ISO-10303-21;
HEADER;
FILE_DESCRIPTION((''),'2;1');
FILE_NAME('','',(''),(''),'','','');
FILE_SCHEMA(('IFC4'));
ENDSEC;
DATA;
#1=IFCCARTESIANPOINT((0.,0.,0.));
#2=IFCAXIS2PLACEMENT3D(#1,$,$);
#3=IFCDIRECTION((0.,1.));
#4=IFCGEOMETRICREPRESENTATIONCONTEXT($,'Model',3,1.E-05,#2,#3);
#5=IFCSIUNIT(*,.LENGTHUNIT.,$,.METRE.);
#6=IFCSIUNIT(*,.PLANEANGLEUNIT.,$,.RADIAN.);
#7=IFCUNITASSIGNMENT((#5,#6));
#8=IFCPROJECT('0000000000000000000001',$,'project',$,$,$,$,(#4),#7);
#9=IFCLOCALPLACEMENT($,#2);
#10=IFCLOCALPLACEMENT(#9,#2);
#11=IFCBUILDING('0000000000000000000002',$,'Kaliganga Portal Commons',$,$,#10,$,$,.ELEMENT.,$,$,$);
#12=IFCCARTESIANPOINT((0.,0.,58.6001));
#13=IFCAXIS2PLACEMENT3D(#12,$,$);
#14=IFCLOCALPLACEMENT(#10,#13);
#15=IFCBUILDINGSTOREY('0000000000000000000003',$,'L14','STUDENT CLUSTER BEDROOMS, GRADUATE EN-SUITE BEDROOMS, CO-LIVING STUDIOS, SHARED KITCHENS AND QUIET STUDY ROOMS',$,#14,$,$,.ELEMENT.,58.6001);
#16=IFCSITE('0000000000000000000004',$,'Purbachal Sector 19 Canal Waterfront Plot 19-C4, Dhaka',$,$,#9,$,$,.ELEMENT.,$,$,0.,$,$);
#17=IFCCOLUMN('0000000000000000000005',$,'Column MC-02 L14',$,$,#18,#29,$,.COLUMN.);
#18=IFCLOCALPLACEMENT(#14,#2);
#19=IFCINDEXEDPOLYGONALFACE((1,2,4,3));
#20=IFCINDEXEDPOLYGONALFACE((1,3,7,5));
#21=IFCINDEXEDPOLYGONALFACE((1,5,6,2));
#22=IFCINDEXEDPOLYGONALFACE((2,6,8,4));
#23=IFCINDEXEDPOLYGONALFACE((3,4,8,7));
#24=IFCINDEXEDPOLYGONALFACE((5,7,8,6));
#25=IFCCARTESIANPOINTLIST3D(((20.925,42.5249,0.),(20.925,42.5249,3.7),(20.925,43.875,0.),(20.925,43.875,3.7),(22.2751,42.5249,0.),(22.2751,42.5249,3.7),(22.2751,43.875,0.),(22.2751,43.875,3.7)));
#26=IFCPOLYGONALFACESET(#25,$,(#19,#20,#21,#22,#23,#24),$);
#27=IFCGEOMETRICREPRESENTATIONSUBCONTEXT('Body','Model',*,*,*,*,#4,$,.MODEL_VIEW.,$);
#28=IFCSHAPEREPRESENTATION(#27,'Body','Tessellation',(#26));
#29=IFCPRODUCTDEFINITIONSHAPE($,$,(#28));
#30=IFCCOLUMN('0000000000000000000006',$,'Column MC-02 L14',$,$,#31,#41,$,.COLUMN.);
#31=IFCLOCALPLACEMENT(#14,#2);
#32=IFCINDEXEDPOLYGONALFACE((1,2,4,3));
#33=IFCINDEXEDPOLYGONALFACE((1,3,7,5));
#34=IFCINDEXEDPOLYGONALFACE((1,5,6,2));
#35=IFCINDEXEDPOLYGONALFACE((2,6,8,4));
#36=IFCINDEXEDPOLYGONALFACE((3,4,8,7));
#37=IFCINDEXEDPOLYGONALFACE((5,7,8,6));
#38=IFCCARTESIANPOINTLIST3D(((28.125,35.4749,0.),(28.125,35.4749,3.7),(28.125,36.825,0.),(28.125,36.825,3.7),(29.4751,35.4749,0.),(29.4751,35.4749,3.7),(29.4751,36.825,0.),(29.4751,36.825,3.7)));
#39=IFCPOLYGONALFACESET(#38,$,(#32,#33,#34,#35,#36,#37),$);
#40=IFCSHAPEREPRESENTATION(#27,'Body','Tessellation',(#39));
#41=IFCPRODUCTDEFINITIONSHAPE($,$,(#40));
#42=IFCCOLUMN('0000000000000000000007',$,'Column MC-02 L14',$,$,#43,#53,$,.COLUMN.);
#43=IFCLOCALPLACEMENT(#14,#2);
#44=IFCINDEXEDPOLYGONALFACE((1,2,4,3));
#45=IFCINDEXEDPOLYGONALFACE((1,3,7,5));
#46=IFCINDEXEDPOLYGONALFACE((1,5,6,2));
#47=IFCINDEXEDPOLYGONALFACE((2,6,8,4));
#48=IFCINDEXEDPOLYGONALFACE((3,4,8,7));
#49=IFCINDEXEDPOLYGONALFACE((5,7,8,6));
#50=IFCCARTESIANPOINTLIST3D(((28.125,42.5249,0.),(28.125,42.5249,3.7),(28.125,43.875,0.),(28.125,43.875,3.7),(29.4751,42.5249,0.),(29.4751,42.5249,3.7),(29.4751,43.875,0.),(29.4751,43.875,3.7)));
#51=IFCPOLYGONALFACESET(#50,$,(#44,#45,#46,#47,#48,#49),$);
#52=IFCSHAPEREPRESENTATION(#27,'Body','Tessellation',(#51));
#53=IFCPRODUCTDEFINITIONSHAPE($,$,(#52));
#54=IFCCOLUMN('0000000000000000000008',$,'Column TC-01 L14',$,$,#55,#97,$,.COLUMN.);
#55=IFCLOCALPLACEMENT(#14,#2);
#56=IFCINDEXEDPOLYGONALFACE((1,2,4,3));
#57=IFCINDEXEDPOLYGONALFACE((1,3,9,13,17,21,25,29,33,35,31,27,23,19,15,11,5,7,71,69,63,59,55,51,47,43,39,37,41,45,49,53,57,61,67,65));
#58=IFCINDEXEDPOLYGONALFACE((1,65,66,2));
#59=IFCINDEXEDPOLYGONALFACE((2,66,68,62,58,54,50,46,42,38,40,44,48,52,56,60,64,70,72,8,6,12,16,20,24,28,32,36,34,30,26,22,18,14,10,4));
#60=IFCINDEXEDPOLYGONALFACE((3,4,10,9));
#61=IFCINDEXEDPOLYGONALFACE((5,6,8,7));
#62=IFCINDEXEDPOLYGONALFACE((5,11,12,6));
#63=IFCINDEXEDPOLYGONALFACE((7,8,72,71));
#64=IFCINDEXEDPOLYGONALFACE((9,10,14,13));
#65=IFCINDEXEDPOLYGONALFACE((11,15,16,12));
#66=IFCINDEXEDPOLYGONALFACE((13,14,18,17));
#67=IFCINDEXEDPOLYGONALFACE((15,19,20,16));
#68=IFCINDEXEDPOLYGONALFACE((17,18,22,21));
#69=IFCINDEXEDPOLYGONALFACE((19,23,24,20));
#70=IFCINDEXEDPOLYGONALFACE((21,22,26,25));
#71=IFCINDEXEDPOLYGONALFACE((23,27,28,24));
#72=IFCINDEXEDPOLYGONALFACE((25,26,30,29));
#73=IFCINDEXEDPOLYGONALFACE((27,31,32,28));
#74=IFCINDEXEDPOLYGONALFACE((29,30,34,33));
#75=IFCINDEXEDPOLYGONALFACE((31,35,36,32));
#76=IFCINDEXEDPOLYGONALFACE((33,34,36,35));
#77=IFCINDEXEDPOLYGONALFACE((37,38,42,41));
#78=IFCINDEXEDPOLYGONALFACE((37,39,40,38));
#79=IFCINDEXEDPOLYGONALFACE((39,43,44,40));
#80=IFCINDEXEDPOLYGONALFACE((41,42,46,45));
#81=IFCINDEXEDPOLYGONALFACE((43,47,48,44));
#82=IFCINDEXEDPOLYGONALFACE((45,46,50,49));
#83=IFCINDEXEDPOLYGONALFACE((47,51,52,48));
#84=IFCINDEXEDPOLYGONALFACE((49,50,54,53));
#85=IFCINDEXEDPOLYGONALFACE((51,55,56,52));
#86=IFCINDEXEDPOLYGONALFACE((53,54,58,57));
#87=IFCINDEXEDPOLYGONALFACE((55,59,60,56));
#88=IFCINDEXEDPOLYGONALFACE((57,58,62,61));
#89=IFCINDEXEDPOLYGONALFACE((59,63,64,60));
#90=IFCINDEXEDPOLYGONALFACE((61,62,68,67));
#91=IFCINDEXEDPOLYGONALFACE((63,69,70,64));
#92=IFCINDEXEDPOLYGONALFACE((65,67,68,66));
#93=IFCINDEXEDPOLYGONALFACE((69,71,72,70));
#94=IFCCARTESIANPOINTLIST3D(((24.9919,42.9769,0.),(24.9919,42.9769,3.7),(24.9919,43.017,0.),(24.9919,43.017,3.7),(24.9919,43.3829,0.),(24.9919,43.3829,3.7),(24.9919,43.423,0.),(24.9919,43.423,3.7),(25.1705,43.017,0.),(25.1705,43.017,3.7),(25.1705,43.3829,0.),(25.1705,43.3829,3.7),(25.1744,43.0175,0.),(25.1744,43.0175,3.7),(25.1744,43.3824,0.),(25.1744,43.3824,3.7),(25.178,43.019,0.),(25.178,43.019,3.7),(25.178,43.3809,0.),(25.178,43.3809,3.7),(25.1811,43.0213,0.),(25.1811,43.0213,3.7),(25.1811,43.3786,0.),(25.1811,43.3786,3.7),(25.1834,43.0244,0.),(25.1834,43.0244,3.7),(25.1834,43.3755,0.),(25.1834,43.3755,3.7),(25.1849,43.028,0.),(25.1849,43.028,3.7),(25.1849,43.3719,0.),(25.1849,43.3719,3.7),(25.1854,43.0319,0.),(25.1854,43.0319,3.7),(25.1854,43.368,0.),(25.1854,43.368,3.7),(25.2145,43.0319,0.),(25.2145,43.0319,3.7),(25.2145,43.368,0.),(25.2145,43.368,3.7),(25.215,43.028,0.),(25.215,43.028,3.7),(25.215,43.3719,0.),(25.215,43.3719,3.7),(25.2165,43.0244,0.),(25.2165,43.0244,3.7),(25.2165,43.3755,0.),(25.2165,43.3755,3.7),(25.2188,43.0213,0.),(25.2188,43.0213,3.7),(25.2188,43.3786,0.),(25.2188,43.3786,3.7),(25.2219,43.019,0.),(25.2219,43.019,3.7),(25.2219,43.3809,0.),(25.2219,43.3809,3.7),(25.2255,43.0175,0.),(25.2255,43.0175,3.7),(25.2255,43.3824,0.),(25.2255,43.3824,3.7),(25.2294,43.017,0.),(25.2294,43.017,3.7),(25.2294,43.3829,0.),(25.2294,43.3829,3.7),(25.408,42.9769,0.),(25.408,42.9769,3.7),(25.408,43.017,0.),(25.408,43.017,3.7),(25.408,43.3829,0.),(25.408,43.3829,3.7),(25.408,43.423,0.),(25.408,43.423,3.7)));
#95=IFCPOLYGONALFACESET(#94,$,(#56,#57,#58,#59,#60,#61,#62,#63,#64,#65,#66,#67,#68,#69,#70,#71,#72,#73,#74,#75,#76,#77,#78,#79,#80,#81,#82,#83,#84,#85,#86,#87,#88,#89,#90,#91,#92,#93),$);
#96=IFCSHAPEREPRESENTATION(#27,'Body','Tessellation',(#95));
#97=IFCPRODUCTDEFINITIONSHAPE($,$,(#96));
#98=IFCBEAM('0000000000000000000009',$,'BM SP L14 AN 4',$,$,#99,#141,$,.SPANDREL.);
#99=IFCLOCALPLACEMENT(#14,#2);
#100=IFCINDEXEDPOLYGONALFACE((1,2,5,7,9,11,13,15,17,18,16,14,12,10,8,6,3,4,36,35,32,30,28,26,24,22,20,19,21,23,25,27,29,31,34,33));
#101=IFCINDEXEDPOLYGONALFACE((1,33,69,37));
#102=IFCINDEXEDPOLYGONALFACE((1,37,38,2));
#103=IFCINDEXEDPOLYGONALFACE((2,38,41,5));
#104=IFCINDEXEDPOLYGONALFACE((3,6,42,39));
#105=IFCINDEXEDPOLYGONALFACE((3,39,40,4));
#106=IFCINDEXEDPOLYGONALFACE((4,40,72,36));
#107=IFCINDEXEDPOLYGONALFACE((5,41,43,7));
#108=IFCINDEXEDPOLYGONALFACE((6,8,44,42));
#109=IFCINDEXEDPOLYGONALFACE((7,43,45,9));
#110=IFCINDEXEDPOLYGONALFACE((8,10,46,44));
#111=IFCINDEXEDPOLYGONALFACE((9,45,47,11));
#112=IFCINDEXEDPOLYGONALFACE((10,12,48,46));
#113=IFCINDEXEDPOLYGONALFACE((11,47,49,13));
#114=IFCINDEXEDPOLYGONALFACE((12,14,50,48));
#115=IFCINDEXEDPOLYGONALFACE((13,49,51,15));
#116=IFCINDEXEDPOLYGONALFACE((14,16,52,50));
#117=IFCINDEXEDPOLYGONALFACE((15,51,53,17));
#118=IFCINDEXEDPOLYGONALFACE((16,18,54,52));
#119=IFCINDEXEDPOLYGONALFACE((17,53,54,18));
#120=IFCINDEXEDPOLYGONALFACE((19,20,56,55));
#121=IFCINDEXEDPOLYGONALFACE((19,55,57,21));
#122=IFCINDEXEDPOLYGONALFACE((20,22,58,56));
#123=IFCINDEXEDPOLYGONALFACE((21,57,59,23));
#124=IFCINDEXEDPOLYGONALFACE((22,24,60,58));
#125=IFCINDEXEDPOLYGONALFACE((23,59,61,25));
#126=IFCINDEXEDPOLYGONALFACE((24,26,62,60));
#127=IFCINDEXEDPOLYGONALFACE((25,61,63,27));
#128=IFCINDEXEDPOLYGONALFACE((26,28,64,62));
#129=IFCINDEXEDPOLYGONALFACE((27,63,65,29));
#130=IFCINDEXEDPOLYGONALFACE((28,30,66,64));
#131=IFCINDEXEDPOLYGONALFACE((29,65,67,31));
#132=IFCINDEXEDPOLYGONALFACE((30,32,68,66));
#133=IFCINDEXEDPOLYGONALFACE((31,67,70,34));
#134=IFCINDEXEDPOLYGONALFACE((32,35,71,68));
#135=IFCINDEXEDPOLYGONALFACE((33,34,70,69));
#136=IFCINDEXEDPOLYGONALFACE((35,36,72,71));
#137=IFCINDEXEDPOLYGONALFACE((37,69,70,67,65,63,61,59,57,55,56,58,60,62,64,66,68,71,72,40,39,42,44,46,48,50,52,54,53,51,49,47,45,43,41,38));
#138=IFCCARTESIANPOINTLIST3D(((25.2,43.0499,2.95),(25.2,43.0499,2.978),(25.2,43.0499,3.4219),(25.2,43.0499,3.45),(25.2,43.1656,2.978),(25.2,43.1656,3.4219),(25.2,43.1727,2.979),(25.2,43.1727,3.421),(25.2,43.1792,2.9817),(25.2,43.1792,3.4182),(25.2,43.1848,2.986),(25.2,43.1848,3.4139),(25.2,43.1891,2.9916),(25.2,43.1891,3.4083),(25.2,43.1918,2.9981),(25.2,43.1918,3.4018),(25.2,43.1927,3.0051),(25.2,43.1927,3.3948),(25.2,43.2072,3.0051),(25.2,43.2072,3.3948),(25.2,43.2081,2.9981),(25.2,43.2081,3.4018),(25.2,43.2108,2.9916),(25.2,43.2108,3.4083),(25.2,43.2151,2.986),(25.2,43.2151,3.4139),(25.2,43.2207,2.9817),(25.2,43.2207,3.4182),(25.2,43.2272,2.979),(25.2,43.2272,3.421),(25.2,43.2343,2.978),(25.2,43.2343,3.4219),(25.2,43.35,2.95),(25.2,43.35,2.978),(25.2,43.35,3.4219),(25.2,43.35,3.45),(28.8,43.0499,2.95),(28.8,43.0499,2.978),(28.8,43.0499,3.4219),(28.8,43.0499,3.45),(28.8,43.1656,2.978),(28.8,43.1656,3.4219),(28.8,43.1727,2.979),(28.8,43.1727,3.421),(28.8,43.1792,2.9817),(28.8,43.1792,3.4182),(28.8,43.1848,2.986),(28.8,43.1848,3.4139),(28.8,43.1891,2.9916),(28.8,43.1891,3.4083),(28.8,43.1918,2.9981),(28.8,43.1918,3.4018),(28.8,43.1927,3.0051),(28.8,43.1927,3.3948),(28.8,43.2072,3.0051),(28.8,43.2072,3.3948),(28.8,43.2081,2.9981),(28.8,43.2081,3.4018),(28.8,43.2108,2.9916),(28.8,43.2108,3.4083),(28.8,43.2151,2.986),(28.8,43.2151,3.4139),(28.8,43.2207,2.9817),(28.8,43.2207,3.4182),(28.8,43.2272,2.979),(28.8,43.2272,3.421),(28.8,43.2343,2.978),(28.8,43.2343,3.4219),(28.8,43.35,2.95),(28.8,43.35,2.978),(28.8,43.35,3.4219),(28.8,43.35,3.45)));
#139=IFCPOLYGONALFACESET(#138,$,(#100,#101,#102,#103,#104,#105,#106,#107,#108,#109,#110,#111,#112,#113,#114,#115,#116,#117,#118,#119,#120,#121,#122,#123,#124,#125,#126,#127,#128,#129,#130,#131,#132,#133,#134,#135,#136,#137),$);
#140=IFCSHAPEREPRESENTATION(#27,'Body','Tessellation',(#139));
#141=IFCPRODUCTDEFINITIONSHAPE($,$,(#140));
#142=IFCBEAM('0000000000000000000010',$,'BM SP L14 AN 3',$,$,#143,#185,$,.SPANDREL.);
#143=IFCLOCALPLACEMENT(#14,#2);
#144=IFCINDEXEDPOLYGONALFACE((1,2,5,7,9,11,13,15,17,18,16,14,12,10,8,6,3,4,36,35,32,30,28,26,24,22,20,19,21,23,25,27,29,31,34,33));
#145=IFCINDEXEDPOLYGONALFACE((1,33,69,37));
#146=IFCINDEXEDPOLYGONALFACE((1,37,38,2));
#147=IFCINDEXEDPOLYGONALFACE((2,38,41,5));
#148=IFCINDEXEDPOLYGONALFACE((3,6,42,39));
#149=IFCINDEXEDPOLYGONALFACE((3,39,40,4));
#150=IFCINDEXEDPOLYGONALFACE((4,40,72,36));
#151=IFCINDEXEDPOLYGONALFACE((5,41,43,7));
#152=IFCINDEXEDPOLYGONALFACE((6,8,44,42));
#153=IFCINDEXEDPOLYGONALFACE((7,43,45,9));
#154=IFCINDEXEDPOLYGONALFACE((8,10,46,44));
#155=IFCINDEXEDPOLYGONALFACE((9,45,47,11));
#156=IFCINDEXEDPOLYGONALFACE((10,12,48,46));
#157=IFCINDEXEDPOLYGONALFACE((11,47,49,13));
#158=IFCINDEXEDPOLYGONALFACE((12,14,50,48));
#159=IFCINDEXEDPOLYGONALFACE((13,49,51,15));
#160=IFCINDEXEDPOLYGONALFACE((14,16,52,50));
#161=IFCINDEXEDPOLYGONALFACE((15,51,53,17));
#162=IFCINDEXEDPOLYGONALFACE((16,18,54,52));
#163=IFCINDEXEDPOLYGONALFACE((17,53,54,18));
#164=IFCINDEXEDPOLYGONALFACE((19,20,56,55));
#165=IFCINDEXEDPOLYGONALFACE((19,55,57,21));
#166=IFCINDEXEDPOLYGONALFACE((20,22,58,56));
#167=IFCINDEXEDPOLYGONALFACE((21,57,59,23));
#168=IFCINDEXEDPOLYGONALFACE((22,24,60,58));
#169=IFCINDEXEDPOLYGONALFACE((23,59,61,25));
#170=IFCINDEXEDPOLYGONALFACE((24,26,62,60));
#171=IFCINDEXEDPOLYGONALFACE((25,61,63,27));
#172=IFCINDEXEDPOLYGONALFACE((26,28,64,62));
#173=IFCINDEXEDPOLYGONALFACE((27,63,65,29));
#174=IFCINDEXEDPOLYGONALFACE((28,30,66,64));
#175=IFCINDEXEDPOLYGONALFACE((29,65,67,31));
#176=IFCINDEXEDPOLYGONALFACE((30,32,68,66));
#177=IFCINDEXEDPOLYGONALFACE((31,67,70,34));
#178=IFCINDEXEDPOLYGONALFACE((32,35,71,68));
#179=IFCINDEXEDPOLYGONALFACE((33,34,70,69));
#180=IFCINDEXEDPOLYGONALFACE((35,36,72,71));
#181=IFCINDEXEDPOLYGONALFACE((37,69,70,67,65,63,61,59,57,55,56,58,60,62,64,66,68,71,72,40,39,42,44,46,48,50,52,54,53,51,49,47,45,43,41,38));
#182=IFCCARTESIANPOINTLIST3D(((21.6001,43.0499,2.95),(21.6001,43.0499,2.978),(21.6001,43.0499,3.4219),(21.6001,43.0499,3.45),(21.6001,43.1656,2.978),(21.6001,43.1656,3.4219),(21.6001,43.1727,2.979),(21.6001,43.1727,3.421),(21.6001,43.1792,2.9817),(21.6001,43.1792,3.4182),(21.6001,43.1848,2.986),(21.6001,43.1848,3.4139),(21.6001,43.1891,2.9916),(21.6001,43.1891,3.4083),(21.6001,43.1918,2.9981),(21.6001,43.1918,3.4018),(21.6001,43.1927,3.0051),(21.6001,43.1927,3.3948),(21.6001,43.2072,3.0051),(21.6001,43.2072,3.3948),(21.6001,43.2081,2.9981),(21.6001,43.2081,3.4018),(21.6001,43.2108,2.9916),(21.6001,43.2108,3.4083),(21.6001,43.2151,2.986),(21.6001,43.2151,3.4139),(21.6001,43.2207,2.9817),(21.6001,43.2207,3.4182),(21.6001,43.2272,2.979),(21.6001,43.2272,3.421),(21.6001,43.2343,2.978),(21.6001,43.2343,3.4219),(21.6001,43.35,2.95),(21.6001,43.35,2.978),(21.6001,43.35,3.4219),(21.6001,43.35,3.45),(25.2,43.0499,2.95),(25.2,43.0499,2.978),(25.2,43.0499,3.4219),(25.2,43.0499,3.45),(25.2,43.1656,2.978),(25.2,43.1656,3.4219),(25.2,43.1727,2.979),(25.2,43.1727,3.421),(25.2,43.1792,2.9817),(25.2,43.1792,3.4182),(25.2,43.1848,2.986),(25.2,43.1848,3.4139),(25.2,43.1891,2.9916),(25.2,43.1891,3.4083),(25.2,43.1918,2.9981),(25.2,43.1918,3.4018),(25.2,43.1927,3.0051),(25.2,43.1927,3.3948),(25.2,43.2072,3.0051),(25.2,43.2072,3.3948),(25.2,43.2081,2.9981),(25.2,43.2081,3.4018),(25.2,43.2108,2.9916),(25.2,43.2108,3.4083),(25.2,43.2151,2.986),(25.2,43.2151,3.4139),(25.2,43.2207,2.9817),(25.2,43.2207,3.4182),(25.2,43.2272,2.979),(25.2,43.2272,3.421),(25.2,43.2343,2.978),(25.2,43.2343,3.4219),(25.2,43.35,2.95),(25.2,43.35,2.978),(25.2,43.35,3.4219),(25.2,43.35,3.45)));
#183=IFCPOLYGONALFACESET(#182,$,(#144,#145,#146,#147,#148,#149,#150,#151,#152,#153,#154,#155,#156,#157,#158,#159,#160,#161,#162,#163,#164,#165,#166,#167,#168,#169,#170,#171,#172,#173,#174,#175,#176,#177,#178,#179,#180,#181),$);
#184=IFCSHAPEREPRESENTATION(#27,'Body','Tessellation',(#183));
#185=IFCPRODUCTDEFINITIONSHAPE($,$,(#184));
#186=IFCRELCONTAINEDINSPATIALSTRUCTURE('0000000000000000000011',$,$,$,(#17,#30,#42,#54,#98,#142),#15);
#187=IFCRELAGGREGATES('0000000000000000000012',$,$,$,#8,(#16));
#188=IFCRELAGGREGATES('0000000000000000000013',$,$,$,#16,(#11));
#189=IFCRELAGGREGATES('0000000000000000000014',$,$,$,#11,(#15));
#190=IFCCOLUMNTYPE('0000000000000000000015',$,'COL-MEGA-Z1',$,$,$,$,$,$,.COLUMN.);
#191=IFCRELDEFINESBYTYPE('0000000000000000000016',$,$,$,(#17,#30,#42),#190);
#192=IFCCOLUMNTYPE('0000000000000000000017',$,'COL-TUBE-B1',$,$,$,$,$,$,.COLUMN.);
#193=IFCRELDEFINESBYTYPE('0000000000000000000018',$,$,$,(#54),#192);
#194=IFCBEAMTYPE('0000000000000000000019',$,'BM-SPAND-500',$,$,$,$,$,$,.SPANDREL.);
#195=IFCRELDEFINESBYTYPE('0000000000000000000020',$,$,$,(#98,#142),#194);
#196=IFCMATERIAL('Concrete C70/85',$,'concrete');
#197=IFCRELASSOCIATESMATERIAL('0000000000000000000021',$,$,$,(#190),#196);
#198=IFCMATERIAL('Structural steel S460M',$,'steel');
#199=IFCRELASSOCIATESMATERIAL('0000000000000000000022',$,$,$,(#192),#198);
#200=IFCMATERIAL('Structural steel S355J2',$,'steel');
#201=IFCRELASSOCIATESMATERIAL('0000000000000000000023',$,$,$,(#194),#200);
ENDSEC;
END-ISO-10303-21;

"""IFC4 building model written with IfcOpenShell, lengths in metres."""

from ifc_helpers import new_model, si_unit, direction, frame, origin, origin_2d, place, context, subcontext, project, spatial, rectangle, i_section, extrude, source, transform, mapped, material, material_profile, profile_set, type_object, element, save


model = new_model("IFC4")

# Units and contexts
model_context = context("Model", 3, precision=1e-05, world=origin(), true_north=direction((0.0, 1.0)))
body_context = subcontext(model_context, "Body", "Model", "MODEL_VIEW")
ifc_project = project(units=[si_unit("LENGTHUNIT", "METRE"), si_unit("PLANEANGLEUNIT", "RADIAN")], contexts=[model_context])

# Site, building, storey
site_placement = place(None, origin())
site = spatial("IfcSite", under=ifc_project, at=site_placement, Name="Purbachal Sector 19 Canal Waterfront Plot 19-C4, Dhaka", CompositionType="ELEMENT", RefElevation=0.0)
building_placement = place(site_placement, origin())
building = spatial("IfcBuilding", under=site, at=building_placement, Name="Kaliganga Portal Commons", CompositionType="ELEMENT")
storey_placement = place(building_placement, frame((0.0, 0.0, 58.6001)))
storey = spatial("IfcBuildingStorey", under=building, at=storey_placement, Name="L14", Description="STUDENT CLUSTER BEDROOMS, GRADUATE EN-SUITE BEDROOMS, CO-LIVING STUDIOS, SHARED KITCHENS AND QUIET STUDY ROOMS", CompositionType="ELEMENT", Elevation=58.6001)

# Columns
ifc_material_1 = material(Name="Concrete C70/85", Category="concrete")
ifc_material_profile_1 = material_profile(ifc_material_1, rectangle(XDim=1.3501, YDim=1.3501, at=origin_2d()), Name="RC 1350x1350")
ifc_profile_set_1 = profile_set([ifc_material_profile_1], Name="Concrete C70/85")
column_type_1 = type_object("IfcColumnType", Name="COL-MEGA-Z1", PredefinedType="COLUMN", material=ifc_profile_set_1)
shared_shape_1 = source(origin(), body_context, "Body", "SweptSolid", [
    extrude(rectangle(XDim=1.3501, YDim=1.3501, at=origin_2d()), origin(), (0.0, 0.0, 1.0), 3.7),
])
for number, where, z_axis, x_axis, name in (
    (1, (21.6001, 43.2, 0.0), (0.0, 0.0, 1.0), (1.0, 0.0, 0.0), "Column MC-02 L14"),
    (2, (28.8, 36.1499, 0.0), (0.0, 0.0, 1.0), (1.0, 0.0, 0.0), "Column MC-02 L14"),
    (3, (28.8, 43.2, 0.0), (0.0, 0.0, 1.0), (1.0, 0.0, 0.0), "Column MC-02 L14"),
):
    element("IfcColumn", number, at=place(storey_placement, frame(where, z_axis=z_axis, x_axis=x_axis)), inside=storey, type_object=column_type_1, Name=name, PredefinedType="COLUMN", context=body_context, shape_type="MappedRepresentation", body=[
        mapped(shared_shape_1, transform((0.0, 0.0, 0.0), x_axis=(1.0, 0.0, 0.0), y_axis=(0.0, 1.0, 0.0), z_axis=(0.0, 0.0, 1.0), scale=1.0)),
    ])
ifc_material_2 = material(Name="Structural steel S460M", Category="steel")
ifc_material_profile_2 = material_profile(ifc_material_2, i_section(OverallWidth=0.416, OverallDepth=0.446, WebThickness=0.0291, FlangeThickness=0.04, FilletRadius=0.0149, at=origin_2d()), Name="HD 400x509")
ifc_profile_set_2 = profile_set([ifc_material_profile_2], Name="Structural steel S460M wide-flange")
column_type_2 = type_object("IfcColumnType", Name="COL-TUBE-B1", PredefinedType="COLUMN", material=ifc_profile_set_2)
shared_shape_2 = source(origin(), body_context, "Body", "SweptSolid", [
    extrude(i_section(OverallWidth=0.416, OverallDepth=0.446, WebThickness=0.0291, FlangeThickness=0.04, FilletRadius=0.0149, at=origin_2d()), origin(), (0.0, 0.0, 1.0), 3.7),
])
column_placement = place(storey_placement, frame((25.2, 43.2, 0.0), z_axis=(0.0, 0.0, 1.0), x_axis=(1.0, 0.0, 0.0)))
element("IfcColumn", 4, at=column_placement, inside=storey, type_object=column_type_2, Name="Column TC-01 L14", PredefinedType="COLUMN", context=body_context, shape_type="MappedRepresentation", body=[
    mapped(shared_shape_2, transform((0.0, 0.0, 0.0), x_axis=(1.0, 0.0, 0.0), y_axis=(0.0, 1.0, 0.0), z_axis=(0.0, 0.0, 1.0), scale=1.0)),
])

# Beams
ifc_material_3 = material(Name="Structural steel S355J2", Category="steel")
ifc_material_profile_3 = material_profile(ifc_material_3, i_section(OverallWidth=0.3, OverallDepth=0.5, WebThickness=0.0144, FlangeThickness=0.0281, FilletRadius=0.0271, at=origin_2d()), Name="HE 500 B")
ifc_profile_set_3 = profile_set([ifc_material_profile_3], Name="Structural steel S355J2 wide-flange")
beam_type_1 = type_object("IfcBeamType", Name="BM-SPAND-500", PredefinedType="SPANDREL", material=ifc_profile_set_3)
shared_shape_3 = source(origin(), body_context, "Body", "SweptSolid", [
    extrude(i_section(OverallWidth=0.3, OverallDepth=0.5, WebThickness=0.0144, FlangeThickness=0.0281, FilletRadius=0.0271, at=origin_2d()), origin(), (0.0, 0.0, 1.0), 3.6001),
])
beam_1_placement = place(storey_placement, frame((25.2, 43.2, 3.2), z_axis=(1.0, 0.0, 0.0), x_axis=(0.0, 1.0, 0.0)))
element("IfcBeam", 5, at=beam_1_placement, inside=storey, type_object=beam_type_1, Name="BM SP L14 AN 4", PredefinedType="SPANDREL", context=body_context, shape_type="MappedRepresentation", body=[
    mapped(shared_shape_3, transform((0.0, 0.0, 0.0), x_axis=(1.0, 0.0, 0.0), y_axis=(0.0, 1.0, 0.0), z_axis=(0.0, 0.0, 1.0), scale=1.0)),
])
shared_shape_4 = source(origin(), body_context, "Body", "SweptSolid", [
    extrude(i_section(OverallWidth=0.3, OverallDepth=0.5, WebThickness=0.0144, FlangeThickness=0.0281, FilletRadius=0.0271, at=origin_2d()), origin(), (0.0, 0.0, 1.0), 3.5999),
])
for number, where, z_axis, x_axis, name in (
    (6, (21.6001, 43.2, 3.2), (1.0, 0.0, 0.0), (0.0, 1.0, 0.0), "BM SP L14 AN 3"),
):
    element("IfcBeam", number, at=place(storey_placement, frame(where, z_axis=z_axis, x_axis=x_axis)), inside=storey, type_object=beam_type_1, Name=name, PredefinedType="SPANDREL", context=body_context, shape_type="MappedRepresentation", body=[
        mapped(shared_shape_4, transform((0.0, 0.0, 0.0), x_axis=(1.0, 0.0, 0.0), y_axis=(0.0, 1.0, 0.0), z_axis=(0.0, 0.0, 1.0), scale=1.0)),
    ])

save(model, "model.ifc")
